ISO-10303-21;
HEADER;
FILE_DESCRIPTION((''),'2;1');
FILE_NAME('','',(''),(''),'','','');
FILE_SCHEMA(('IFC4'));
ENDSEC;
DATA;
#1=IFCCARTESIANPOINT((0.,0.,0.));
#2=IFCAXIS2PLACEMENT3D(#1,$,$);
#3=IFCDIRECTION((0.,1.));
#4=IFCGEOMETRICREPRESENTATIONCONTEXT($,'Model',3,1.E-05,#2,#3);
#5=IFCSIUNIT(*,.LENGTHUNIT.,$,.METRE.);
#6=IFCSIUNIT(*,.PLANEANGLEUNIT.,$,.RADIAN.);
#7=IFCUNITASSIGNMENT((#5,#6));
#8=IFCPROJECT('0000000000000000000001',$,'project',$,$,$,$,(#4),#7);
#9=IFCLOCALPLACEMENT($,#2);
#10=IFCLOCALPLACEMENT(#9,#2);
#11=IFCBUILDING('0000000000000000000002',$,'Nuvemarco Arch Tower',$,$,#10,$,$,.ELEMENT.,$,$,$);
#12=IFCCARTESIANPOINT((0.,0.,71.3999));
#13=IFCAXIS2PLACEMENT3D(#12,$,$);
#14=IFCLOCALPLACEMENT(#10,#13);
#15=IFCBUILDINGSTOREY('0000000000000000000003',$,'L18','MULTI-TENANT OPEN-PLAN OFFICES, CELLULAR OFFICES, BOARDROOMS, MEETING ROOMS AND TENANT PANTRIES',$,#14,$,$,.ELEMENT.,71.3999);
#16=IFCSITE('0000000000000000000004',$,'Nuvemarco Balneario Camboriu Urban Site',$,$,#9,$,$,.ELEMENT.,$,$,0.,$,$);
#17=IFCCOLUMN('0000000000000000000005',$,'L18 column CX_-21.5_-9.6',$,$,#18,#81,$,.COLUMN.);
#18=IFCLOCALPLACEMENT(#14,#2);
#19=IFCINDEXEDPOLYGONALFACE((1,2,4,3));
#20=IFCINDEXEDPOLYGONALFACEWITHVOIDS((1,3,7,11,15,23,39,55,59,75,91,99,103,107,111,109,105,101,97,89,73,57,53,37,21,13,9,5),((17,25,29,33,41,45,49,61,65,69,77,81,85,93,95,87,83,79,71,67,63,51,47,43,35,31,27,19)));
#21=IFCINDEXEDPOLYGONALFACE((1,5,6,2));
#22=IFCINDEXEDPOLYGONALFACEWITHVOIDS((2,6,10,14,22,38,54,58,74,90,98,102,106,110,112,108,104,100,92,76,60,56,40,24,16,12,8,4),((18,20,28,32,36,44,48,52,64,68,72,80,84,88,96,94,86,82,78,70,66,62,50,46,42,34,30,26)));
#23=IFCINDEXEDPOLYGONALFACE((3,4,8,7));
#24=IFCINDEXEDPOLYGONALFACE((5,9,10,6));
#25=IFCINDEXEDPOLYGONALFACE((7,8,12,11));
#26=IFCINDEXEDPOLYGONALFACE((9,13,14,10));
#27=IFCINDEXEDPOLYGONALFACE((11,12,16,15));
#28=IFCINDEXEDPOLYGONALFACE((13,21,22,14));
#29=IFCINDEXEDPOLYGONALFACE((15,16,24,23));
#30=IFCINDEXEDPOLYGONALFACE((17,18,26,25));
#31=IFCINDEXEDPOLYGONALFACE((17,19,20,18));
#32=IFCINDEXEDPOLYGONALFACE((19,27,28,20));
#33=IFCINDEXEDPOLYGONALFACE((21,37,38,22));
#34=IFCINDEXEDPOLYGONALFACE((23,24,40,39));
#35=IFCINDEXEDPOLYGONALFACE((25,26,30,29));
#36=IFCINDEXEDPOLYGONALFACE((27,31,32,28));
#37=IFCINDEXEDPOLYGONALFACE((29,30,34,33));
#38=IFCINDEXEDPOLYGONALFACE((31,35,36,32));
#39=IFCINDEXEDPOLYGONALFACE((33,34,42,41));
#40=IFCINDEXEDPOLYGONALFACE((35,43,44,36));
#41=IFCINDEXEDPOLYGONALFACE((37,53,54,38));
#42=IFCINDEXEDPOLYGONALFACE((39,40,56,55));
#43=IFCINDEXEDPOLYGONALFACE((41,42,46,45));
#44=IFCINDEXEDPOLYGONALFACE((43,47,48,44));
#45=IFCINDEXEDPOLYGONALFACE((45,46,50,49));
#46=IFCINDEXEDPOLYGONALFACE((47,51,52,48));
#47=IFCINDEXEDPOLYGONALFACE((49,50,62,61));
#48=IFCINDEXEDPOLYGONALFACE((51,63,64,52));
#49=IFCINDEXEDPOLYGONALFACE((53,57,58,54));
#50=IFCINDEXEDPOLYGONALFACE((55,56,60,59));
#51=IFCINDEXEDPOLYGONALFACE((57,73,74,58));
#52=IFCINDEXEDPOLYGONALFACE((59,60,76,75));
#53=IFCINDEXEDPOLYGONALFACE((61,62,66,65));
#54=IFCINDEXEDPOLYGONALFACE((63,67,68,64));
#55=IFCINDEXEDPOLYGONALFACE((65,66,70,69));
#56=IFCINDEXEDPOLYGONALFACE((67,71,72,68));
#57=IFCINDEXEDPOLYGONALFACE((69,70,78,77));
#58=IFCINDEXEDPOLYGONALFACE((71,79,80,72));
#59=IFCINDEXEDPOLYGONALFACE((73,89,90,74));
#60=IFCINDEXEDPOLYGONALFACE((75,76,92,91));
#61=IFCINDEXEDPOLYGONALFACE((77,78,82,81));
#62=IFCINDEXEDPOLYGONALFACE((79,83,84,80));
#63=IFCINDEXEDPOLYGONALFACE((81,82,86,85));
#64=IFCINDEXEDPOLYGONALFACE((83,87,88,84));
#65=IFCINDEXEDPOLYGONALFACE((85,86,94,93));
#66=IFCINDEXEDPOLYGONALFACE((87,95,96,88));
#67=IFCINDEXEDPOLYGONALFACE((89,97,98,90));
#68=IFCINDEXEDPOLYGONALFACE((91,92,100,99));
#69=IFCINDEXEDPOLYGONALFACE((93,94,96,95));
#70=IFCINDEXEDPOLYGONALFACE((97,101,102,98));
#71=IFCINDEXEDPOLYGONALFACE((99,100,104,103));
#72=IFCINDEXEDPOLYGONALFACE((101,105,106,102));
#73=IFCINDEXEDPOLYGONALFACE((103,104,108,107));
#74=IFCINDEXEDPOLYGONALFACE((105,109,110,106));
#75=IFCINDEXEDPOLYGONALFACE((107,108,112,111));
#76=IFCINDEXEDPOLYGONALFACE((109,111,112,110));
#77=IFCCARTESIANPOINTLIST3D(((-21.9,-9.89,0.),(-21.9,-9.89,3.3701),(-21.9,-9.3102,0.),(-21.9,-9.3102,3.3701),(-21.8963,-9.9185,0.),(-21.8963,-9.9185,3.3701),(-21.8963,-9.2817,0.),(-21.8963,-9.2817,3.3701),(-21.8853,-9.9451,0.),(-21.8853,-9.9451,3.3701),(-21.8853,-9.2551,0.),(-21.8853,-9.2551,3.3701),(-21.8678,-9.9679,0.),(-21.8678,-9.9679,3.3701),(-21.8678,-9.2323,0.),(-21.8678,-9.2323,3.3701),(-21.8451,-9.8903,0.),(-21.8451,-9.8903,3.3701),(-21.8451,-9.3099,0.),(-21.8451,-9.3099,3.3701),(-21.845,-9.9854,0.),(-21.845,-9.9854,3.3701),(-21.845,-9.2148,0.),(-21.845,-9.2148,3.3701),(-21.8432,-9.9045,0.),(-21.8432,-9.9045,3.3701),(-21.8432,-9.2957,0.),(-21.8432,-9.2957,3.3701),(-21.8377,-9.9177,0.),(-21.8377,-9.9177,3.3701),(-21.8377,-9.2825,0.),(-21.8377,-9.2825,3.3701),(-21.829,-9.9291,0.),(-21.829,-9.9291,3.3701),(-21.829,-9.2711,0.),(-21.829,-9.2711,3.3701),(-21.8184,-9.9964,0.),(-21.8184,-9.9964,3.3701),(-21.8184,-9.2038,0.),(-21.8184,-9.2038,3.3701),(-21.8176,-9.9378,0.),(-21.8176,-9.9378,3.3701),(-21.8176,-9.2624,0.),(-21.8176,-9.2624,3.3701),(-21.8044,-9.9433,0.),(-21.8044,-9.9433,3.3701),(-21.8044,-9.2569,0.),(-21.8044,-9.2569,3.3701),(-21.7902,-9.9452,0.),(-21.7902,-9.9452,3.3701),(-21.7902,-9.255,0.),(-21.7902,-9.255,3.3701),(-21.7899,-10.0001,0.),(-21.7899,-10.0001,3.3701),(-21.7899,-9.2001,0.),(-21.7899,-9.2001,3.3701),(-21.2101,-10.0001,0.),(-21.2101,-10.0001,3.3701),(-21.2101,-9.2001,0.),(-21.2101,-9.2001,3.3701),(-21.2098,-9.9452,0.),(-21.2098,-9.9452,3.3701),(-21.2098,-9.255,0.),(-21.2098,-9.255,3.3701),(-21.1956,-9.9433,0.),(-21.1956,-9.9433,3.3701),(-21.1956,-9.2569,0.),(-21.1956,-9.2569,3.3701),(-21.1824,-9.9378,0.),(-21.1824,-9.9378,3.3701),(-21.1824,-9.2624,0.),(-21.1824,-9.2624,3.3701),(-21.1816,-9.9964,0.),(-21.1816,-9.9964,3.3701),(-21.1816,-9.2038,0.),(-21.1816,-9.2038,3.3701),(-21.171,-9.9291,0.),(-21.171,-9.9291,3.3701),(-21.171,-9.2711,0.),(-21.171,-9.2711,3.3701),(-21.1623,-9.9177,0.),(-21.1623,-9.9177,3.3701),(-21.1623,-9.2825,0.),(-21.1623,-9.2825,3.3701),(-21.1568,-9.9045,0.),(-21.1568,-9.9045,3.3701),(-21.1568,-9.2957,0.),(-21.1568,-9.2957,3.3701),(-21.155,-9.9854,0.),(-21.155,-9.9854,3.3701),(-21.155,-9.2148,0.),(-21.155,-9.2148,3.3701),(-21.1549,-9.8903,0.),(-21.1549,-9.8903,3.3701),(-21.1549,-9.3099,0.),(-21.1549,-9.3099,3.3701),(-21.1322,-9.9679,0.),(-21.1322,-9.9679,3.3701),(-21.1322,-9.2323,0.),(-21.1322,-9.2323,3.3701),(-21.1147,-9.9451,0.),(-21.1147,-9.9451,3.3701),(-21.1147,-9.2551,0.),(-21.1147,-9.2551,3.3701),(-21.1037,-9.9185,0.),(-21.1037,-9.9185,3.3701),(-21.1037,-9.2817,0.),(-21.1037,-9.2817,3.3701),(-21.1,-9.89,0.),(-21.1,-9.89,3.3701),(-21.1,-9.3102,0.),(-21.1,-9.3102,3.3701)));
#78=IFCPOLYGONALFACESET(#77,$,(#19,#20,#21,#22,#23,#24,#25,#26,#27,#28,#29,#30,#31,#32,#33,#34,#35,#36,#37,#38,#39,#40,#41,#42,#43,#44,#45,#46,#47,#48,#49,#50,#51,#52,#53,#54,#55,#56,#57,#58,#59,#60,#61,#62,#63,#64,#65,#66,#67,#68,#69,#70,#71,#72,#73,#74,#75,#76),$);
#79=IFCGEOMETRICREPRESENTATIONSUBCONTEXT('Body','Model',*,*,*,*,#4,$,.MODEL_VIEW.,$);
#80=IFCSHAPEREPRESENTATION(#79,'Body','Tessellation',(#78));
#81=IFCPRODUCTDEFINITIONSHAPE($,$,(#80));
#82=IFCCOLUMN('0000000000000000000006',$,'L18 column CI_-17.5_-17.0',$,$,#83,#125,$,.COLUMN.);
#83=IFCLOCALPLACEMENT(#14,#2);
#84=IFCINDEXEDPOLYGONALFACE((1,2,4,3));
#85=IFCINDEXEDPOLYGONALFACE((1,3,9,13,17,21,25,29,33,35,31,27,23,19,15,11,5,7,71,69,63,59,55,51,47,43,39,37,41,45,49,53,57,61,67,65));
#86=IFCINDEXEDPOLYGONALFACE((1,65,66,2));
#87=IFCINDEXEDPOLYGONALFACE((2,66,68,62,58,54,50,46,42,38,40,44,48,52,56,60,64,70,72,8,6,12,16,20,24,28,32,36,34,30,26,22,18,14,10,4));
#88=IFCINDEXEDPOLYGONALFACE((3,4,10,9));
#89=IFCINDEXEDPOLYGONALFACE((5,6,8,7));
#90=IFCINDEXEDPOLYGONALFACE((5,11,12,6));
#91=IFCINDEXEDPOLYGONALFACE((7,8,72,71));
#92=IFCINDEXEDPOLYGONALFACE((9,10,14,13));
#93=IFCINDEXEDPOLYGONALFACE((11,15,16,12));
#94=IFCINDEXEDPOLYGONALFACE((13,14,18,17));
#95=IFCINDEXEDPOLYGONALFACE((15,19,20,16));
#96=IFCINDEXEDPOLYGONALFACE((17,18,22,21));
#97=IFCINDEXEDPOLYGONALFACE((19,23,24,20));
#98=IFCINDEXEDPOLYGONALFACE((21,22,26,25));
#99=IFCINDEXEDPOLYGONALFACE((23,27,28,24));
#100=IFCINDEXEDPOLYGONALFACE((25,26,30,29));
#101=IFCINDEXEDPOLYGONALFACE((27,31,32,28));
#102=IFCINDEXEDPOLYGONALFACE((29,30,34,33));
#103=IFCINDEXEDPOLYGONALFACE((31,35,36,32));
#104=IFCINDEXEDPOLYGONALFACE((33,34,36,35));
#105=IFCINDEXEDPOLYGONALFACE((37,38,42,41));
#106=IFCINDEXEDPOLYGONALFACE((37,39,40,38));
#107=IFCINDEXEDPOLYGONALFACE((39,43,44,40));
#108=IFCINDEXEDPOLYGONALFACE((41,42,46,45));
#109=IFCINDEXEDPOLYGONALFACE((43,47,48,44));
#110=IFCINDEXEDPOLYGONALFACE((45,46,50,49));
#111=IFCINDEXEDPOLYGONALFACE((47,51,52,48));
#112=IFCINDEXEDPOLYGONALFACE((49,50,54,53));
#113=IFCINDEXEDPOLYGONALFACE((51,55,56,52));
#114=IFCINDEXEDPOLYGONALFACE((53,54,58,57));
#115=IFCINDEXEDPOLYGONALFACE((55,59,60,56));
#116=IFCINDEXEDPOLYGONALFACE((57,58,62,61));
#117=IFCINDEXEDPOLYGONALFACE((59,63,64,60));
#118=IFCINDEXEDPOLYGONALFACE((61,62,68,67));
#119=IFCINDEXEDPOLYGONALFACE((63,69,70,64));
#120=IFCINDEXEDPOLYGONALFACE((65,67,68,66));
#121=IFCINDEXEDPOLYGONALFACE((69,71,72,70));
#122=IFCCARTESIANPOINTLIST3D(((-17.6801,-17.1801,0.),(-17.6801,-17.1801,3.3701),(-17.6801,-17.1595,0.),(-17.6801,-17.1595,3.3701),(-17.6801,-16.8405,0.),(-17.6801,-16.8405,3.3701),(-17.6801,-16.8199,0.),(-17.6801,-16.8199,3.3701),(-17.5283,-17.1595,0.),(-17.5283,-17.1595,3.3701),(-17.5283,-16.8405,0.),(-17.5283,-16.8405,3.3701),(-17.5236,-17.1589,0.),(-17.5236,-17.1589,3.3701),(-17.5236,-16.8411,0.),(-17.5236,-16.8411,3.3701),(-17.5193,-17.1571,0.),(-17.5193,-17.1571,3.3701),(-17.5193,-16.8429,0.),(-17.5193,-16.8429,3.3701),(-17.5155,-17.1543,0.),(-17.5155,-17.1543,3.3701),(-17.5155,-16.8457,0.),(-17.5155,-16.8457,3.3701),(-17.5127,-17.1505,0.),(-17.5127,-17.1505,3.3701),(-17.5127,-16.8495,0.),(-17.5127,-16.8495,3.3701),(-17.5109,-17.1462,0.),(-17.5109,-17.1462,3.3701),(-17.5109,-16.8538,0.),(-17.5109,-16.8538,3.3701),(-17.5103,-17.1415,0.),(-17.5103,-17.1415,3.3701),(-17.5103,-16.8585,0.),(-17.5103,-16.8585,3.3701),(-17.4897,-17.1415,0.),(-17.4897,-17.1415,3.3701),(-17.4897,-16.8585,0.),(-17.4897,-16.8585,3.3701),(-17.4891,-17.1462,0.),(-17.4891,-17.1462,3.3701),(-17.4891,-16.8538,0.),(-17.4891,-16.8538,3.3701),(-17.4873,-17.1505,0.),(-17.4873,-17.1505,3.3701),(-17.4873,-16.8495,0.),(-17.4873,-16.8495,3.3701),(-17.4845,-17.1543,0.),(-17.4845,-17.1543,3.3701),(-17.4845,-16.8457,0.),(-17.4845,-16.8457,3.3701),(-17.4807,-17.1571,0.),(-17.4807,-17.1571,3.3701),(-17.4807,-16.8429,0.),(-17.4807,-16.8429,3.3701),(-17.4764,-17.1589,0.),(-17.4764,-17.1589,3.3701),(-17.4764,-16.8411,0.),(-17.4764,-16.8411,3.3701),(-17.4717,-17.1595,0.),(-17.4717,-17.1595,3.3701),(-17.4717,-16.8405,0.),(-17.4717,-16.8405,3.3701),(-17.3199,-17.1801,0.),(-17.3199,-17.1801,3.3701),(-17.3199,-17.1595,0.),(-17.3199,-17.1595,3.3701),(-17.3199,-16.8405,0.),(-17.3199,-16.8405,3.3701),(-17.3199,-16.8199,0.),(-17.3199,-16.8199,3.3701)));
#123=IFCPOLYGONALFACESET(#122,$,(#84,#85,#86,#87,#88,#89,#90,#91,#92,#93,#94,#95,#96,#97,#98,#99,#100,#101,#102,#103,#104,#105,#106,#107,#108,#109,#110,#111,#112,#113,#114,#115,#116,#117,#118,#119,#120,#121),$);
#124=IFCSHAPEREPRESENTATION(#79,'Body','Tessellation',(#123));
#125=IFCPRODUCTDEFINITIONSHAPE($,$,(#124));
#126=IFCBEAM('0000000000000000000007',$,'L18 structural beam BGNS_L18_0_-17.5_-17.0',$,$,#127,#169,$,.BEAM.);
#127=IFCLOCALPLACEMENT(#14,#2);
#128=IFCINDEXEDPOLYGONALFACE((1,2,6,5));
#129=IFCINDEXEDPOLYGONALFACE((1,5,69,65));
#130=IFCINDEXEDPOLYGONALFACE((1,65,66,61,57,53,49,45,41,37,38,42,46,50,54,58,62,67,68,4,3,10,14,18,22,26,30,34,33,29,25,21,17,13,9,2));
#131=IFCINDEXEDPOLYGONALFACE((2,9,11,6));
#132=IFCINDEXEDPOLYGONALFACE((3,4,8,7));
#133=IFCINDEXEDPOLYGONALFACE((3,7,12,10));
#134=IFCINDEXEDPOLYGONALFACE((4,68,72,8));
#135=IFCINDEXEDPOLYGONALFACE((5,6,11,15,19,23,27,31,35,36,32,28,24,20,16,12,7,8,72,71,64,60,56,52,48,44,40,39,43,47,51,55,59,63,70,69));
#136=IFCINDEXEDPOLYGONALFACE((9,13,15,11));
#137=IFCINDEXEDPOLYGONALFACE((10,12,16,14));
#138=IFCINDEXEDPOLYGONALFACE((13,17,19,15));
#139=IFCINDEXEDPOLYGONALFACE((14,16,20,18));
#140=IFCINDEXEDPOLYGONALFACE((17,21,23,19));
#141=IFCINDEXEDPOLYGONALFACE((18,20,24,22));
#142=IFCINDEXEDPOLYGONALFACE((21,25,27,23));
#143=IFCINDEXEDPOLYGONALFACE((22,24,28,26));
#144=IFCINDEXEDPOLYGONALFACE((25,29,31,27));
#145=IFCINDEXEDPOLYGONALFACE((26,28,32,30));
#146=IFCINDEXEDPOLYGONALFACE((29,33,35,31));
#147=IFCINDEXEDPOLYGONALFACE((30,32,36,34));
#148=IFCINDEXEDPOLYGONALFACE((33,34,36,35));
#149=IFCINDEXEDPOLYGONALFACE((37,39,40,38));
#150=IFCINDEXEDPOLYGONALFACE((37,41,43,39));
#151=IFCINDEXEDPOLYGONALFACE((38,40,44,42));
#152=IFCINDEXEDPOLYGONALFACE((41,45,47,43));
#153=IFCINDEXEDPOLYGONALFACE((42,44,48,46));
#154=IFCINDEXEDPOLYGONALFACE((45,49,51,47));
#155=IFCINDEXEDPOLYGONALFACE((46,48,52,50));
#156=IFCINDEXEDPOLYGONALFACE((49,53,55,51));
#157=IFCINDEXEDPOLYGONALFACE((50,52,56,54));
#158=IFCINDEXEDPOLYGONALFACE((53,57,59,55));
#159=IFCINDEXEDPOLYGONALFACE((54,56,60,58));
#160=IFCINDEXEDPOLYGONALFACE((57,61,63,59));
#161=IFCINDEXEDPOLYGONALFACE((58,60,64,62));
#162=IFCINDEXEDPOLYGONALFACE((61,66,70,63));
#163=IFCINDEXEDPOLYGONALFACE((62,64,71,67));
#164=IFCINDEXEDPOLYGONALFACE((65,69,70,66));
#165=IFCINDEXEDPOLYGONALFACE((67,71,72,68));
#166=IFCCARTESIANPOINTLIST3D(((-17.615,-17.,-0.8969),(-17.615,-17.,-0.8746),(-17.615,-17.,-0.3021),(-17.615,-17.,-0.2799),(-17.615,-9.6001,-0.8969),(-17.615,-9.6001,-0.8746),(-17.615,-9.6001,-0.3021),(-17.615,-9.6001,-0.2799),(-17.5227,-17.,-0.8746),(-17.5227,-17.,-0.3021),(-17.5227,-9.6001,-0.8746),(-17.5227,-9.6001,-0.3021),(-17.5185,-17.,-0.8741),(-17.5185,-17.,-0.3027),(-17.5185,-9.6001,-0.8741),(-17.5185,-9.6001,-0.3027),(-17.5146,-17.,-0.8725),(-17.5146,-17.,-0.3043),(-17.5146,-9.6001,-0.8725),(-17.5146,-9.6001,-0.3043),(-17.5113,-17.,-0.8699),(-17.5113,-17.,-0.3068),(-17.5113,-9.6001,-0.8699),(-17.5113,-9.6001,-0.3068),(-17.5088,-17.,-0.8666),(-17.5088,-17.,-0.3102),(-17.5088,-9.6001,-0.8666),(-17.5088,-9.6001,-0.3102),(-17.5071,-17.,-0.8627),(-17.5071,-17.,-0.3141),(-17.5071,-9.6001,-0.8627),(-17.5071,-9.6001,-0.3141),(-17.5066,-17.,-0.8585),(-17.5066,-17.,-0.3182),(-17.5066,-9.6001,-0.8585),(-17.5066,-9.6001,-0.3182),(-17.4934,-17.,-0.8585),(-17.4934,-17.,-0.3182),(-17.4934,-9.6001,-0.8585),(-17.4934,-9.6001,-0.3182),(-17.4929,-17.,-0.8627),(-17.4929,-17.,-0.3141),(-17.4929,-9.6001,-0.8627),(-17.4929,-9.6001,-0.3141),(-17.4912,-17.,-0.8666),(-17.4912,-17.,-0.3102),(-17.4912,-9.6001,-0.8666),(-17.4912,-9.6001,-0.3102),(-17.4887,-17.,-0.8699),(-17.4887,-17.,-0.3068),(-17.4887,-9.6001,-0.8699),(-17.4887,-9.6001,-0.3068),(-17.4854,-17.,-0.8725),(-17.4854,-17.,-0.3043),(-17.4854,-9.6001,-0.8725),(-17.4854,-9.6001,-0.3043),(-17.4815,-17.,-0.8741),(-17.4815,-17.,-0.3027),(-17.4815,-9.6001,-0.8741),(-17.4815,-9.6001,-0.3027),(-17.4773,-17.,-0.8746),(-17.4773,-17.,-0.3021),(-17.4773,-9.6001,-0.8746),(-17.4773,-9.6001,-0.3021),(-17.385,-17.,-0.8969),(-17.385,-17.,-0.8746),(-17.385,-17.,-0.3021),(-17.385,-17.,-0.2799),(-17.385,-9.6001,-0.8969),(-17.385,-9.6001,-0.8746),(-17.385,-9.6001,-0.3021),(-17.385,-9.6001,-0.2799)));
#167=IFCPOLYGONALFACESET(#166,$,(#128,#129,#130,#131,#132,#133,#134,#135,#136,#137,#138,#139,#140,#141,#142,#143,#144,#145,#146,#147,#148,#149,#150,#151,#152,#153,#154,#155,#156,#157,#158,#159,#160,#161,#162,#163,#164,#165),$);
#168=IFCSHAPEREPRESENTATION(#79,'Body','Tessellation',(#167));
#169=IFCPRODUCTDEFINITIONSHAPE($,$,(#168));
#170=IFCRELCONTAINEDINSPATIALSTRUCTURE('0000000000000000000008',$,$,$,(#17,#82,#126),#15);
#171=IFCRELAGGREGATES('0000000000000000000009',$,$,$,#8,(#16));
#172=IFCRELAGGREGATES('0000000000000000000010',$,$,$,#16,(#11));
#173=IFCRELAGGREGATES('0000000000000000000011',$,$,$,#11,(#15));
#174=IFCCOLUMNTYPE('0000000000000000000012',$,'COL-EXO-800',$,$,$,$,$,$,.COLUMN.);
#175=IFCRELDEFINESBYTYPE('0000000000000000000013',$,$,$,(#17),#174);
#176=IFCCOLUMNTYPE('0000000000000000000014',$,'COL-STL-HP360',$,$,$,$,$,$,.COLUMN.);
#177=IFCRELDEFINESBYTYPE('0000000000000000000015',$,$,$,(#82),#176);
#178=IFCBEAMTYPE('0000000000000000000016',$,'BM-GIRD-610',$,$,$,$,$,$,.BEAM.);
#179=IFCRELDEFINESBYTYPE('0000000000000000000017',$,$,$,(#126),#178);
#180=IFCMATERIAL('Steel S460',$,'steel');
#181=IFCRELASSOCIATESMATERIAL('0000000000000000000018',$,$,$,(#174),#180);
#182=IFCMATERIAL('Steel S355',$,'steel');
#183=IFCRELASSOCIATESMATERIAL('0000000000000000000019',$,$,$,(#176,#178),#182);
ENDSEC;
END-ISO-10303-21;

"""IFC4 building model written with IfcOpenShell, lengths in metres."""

from ifc_helpers import new_model, si_unit, direction, frame, origin, origin_2d, place, context, subcontext, project, spatial, hollow_rectangle, i_section, extrude, material, material_profile, profile_set, type_object, element, save


model = new_model("IFC4")

# Units and contexts
model_context = context("Model", 3, precision=1e-05, world=origin(), true_north=direction((0.0, 1.0)))
body_context = subcontext(model_context, "Body", "Model", "MODEL_VIEW")
ifc_project = project(units=[si_unit("LENGTHUNIT", "METRE"), si_unit("PLANEANGLEUNIT", "RADIAN")], contexts=[model_context])

# Site, building, storey
site_placement = place(None, origin())
site = spatial("IfcSite", under=ifc_project, at=site_placement, Name="Nuvemarco Balneario Camboriu Urban Site", CompositionType="ELEMENT", RefElevation=0.0)
building_placement = place(site_placement, origin())
building = spatial("IfcBuilding", under=site, at=building_placement, Name="Nuvemarco Arch Tower", CompositionType="ELEMENT")
storey_placement = place(building_placement, frame((0.0, 0.0, 71.3999)))
storey = spatial("IfcBuildingStorey", under=building, at=storey_placement, Name="L18", Description="MULTI-TENANT OPEN-PLAN OFFICES, CELLULAR OFFICES, BOARDROOMS, MEETING ROOMS AND TENANT PANTRIES", CompositionType="ELEMENT", Elevation=71.3999)

# Columns
ifc_material_1 = material(Name="Steel S460", Category="steel")
ifc_material_profile_1 = material_profile(ifc_material_1, hollow_rectangle(XDim=0.8, YDim=0.8, WallThickness=0.0549, InnerFilletRadius=0.0549, OuterFilletRadius=0.1101, at=origin_2d()), Name="SHS800x800x55")
ifc_profile_set_1 = profile_set([ifc_material_profile_1], Name="Steel S460")
column_type_1 = type_object("IfcColumnType", Name="COL-EXO-800", PredefinedType="COLUMN", material=ifc_profile_set_1)
column_1_placement = place(storey_placement, frame((-21.5, -9.6001, 0.0), z_axis=(0.0, 0.0, 1.0), x_axis=(1.0, 0.0, 0.0)))
element("IfcColumn", 1, at=column_1_placement, inside=storey, type_object=column_type_1, Name="L18 column CX_-21.5_-9.6", PredefinedType="COLUMN", context=body_context, shape_type="SweptSolid", body=[
    extrude(hollow_rectangle(XDim=0.8, YDim=0.8, WallThickness=0.0549, InnerFilletRadius=0.0549, OuterFilletRadius=0.1101, at=origin_2d()), origin(), (0.0, 0.0, 1.0), 3.3701),
])
ifc_material_2 = material(Name="Steel S355", Category="steel")
ifc_material_profile_2 = material_profile(ifc_material_2, i_section(OverallWidth=0.3601, OverallDepth=0.3601, WebThickness=0.0205, FlangeThickness=0.0205, FilletRadius=0.0181, at=origin_2d()), Name="HP360x174")
ifc_profile_set_2 = profile_set([ifc_material_profile_2], Name="Steel S355")
column_type_2 = type_object("IfcColumnType", Name="COL-STL-HP360", PredefinedType="COLUMN", material=ifc_profile_set_2)
column_2_placement = place(storey_placement, frame((-17.5, -17.0, 0.0), z_axis=(0.0, 0.0, 1.0), x_axis=(1.0, 0.0, 0.0)))
element("IfcColumn", 2, at=column_2_placement, inside=storey, type_object=column_type_2, Name="L18 column CI_-17.5_-17.0", PredefinedType="COLUMN", context=body_context, shape_type="SweptSolid", body=[
    extrude(i_section(OverallWidth=0.3601, OverallDepth=0.3601, WebThickness=0.0205, FlangeThickness=0.0205, FilletRadius=0.0181, at=origin_2d()), origin(), (0.0, 0.0, 1.0), 3.3701),
])

# Beam
ifc_material_profile_3 = material_profile(ifc_material_2, i_section(OverallWidth=0.23, OverallDepth=0.6169, WebThickness=0.0132, FlangeThickness=0.0222, FilletRadius=0.0161, at=origin_2d()), Name="W610x140")
ifc_profile_set_3 = profile_set([ifc_material_profile_3], Name="Steel S355")
beam_type_1 = type_object("IfcBeamType", Name="BM-GIRD-610", PredefinedType="BEAM", material=ifc_profile_set_3)
beam_1_placement = place(storey_placement, frame((-17.5, -17.0, -0.5884), z_axis=(0.0, 1.0, 0.0), x_axis=(-1.0, 0.0, 0.0)))
element("IfcBeam", 3, at=beam_1_placement, inside=storey, type_object=beam_type_1, Name="L18 structural beam BGNS_L18_0_-17.5_-17.0", PredefinedType="BEAM", context=body_context, shape_type="SweptSolid", body=[
    extrude(i_section(OverallWidth=0.23, OverallDepth=0.6169, WebThickness=0.0132, FlangeThickness=0.0222, FilletRadius=0.0161, at=origin_2d()), origin(), (0.0, 0.0, 1.0), 7.3999),
])

save(model, "model.ifc")
